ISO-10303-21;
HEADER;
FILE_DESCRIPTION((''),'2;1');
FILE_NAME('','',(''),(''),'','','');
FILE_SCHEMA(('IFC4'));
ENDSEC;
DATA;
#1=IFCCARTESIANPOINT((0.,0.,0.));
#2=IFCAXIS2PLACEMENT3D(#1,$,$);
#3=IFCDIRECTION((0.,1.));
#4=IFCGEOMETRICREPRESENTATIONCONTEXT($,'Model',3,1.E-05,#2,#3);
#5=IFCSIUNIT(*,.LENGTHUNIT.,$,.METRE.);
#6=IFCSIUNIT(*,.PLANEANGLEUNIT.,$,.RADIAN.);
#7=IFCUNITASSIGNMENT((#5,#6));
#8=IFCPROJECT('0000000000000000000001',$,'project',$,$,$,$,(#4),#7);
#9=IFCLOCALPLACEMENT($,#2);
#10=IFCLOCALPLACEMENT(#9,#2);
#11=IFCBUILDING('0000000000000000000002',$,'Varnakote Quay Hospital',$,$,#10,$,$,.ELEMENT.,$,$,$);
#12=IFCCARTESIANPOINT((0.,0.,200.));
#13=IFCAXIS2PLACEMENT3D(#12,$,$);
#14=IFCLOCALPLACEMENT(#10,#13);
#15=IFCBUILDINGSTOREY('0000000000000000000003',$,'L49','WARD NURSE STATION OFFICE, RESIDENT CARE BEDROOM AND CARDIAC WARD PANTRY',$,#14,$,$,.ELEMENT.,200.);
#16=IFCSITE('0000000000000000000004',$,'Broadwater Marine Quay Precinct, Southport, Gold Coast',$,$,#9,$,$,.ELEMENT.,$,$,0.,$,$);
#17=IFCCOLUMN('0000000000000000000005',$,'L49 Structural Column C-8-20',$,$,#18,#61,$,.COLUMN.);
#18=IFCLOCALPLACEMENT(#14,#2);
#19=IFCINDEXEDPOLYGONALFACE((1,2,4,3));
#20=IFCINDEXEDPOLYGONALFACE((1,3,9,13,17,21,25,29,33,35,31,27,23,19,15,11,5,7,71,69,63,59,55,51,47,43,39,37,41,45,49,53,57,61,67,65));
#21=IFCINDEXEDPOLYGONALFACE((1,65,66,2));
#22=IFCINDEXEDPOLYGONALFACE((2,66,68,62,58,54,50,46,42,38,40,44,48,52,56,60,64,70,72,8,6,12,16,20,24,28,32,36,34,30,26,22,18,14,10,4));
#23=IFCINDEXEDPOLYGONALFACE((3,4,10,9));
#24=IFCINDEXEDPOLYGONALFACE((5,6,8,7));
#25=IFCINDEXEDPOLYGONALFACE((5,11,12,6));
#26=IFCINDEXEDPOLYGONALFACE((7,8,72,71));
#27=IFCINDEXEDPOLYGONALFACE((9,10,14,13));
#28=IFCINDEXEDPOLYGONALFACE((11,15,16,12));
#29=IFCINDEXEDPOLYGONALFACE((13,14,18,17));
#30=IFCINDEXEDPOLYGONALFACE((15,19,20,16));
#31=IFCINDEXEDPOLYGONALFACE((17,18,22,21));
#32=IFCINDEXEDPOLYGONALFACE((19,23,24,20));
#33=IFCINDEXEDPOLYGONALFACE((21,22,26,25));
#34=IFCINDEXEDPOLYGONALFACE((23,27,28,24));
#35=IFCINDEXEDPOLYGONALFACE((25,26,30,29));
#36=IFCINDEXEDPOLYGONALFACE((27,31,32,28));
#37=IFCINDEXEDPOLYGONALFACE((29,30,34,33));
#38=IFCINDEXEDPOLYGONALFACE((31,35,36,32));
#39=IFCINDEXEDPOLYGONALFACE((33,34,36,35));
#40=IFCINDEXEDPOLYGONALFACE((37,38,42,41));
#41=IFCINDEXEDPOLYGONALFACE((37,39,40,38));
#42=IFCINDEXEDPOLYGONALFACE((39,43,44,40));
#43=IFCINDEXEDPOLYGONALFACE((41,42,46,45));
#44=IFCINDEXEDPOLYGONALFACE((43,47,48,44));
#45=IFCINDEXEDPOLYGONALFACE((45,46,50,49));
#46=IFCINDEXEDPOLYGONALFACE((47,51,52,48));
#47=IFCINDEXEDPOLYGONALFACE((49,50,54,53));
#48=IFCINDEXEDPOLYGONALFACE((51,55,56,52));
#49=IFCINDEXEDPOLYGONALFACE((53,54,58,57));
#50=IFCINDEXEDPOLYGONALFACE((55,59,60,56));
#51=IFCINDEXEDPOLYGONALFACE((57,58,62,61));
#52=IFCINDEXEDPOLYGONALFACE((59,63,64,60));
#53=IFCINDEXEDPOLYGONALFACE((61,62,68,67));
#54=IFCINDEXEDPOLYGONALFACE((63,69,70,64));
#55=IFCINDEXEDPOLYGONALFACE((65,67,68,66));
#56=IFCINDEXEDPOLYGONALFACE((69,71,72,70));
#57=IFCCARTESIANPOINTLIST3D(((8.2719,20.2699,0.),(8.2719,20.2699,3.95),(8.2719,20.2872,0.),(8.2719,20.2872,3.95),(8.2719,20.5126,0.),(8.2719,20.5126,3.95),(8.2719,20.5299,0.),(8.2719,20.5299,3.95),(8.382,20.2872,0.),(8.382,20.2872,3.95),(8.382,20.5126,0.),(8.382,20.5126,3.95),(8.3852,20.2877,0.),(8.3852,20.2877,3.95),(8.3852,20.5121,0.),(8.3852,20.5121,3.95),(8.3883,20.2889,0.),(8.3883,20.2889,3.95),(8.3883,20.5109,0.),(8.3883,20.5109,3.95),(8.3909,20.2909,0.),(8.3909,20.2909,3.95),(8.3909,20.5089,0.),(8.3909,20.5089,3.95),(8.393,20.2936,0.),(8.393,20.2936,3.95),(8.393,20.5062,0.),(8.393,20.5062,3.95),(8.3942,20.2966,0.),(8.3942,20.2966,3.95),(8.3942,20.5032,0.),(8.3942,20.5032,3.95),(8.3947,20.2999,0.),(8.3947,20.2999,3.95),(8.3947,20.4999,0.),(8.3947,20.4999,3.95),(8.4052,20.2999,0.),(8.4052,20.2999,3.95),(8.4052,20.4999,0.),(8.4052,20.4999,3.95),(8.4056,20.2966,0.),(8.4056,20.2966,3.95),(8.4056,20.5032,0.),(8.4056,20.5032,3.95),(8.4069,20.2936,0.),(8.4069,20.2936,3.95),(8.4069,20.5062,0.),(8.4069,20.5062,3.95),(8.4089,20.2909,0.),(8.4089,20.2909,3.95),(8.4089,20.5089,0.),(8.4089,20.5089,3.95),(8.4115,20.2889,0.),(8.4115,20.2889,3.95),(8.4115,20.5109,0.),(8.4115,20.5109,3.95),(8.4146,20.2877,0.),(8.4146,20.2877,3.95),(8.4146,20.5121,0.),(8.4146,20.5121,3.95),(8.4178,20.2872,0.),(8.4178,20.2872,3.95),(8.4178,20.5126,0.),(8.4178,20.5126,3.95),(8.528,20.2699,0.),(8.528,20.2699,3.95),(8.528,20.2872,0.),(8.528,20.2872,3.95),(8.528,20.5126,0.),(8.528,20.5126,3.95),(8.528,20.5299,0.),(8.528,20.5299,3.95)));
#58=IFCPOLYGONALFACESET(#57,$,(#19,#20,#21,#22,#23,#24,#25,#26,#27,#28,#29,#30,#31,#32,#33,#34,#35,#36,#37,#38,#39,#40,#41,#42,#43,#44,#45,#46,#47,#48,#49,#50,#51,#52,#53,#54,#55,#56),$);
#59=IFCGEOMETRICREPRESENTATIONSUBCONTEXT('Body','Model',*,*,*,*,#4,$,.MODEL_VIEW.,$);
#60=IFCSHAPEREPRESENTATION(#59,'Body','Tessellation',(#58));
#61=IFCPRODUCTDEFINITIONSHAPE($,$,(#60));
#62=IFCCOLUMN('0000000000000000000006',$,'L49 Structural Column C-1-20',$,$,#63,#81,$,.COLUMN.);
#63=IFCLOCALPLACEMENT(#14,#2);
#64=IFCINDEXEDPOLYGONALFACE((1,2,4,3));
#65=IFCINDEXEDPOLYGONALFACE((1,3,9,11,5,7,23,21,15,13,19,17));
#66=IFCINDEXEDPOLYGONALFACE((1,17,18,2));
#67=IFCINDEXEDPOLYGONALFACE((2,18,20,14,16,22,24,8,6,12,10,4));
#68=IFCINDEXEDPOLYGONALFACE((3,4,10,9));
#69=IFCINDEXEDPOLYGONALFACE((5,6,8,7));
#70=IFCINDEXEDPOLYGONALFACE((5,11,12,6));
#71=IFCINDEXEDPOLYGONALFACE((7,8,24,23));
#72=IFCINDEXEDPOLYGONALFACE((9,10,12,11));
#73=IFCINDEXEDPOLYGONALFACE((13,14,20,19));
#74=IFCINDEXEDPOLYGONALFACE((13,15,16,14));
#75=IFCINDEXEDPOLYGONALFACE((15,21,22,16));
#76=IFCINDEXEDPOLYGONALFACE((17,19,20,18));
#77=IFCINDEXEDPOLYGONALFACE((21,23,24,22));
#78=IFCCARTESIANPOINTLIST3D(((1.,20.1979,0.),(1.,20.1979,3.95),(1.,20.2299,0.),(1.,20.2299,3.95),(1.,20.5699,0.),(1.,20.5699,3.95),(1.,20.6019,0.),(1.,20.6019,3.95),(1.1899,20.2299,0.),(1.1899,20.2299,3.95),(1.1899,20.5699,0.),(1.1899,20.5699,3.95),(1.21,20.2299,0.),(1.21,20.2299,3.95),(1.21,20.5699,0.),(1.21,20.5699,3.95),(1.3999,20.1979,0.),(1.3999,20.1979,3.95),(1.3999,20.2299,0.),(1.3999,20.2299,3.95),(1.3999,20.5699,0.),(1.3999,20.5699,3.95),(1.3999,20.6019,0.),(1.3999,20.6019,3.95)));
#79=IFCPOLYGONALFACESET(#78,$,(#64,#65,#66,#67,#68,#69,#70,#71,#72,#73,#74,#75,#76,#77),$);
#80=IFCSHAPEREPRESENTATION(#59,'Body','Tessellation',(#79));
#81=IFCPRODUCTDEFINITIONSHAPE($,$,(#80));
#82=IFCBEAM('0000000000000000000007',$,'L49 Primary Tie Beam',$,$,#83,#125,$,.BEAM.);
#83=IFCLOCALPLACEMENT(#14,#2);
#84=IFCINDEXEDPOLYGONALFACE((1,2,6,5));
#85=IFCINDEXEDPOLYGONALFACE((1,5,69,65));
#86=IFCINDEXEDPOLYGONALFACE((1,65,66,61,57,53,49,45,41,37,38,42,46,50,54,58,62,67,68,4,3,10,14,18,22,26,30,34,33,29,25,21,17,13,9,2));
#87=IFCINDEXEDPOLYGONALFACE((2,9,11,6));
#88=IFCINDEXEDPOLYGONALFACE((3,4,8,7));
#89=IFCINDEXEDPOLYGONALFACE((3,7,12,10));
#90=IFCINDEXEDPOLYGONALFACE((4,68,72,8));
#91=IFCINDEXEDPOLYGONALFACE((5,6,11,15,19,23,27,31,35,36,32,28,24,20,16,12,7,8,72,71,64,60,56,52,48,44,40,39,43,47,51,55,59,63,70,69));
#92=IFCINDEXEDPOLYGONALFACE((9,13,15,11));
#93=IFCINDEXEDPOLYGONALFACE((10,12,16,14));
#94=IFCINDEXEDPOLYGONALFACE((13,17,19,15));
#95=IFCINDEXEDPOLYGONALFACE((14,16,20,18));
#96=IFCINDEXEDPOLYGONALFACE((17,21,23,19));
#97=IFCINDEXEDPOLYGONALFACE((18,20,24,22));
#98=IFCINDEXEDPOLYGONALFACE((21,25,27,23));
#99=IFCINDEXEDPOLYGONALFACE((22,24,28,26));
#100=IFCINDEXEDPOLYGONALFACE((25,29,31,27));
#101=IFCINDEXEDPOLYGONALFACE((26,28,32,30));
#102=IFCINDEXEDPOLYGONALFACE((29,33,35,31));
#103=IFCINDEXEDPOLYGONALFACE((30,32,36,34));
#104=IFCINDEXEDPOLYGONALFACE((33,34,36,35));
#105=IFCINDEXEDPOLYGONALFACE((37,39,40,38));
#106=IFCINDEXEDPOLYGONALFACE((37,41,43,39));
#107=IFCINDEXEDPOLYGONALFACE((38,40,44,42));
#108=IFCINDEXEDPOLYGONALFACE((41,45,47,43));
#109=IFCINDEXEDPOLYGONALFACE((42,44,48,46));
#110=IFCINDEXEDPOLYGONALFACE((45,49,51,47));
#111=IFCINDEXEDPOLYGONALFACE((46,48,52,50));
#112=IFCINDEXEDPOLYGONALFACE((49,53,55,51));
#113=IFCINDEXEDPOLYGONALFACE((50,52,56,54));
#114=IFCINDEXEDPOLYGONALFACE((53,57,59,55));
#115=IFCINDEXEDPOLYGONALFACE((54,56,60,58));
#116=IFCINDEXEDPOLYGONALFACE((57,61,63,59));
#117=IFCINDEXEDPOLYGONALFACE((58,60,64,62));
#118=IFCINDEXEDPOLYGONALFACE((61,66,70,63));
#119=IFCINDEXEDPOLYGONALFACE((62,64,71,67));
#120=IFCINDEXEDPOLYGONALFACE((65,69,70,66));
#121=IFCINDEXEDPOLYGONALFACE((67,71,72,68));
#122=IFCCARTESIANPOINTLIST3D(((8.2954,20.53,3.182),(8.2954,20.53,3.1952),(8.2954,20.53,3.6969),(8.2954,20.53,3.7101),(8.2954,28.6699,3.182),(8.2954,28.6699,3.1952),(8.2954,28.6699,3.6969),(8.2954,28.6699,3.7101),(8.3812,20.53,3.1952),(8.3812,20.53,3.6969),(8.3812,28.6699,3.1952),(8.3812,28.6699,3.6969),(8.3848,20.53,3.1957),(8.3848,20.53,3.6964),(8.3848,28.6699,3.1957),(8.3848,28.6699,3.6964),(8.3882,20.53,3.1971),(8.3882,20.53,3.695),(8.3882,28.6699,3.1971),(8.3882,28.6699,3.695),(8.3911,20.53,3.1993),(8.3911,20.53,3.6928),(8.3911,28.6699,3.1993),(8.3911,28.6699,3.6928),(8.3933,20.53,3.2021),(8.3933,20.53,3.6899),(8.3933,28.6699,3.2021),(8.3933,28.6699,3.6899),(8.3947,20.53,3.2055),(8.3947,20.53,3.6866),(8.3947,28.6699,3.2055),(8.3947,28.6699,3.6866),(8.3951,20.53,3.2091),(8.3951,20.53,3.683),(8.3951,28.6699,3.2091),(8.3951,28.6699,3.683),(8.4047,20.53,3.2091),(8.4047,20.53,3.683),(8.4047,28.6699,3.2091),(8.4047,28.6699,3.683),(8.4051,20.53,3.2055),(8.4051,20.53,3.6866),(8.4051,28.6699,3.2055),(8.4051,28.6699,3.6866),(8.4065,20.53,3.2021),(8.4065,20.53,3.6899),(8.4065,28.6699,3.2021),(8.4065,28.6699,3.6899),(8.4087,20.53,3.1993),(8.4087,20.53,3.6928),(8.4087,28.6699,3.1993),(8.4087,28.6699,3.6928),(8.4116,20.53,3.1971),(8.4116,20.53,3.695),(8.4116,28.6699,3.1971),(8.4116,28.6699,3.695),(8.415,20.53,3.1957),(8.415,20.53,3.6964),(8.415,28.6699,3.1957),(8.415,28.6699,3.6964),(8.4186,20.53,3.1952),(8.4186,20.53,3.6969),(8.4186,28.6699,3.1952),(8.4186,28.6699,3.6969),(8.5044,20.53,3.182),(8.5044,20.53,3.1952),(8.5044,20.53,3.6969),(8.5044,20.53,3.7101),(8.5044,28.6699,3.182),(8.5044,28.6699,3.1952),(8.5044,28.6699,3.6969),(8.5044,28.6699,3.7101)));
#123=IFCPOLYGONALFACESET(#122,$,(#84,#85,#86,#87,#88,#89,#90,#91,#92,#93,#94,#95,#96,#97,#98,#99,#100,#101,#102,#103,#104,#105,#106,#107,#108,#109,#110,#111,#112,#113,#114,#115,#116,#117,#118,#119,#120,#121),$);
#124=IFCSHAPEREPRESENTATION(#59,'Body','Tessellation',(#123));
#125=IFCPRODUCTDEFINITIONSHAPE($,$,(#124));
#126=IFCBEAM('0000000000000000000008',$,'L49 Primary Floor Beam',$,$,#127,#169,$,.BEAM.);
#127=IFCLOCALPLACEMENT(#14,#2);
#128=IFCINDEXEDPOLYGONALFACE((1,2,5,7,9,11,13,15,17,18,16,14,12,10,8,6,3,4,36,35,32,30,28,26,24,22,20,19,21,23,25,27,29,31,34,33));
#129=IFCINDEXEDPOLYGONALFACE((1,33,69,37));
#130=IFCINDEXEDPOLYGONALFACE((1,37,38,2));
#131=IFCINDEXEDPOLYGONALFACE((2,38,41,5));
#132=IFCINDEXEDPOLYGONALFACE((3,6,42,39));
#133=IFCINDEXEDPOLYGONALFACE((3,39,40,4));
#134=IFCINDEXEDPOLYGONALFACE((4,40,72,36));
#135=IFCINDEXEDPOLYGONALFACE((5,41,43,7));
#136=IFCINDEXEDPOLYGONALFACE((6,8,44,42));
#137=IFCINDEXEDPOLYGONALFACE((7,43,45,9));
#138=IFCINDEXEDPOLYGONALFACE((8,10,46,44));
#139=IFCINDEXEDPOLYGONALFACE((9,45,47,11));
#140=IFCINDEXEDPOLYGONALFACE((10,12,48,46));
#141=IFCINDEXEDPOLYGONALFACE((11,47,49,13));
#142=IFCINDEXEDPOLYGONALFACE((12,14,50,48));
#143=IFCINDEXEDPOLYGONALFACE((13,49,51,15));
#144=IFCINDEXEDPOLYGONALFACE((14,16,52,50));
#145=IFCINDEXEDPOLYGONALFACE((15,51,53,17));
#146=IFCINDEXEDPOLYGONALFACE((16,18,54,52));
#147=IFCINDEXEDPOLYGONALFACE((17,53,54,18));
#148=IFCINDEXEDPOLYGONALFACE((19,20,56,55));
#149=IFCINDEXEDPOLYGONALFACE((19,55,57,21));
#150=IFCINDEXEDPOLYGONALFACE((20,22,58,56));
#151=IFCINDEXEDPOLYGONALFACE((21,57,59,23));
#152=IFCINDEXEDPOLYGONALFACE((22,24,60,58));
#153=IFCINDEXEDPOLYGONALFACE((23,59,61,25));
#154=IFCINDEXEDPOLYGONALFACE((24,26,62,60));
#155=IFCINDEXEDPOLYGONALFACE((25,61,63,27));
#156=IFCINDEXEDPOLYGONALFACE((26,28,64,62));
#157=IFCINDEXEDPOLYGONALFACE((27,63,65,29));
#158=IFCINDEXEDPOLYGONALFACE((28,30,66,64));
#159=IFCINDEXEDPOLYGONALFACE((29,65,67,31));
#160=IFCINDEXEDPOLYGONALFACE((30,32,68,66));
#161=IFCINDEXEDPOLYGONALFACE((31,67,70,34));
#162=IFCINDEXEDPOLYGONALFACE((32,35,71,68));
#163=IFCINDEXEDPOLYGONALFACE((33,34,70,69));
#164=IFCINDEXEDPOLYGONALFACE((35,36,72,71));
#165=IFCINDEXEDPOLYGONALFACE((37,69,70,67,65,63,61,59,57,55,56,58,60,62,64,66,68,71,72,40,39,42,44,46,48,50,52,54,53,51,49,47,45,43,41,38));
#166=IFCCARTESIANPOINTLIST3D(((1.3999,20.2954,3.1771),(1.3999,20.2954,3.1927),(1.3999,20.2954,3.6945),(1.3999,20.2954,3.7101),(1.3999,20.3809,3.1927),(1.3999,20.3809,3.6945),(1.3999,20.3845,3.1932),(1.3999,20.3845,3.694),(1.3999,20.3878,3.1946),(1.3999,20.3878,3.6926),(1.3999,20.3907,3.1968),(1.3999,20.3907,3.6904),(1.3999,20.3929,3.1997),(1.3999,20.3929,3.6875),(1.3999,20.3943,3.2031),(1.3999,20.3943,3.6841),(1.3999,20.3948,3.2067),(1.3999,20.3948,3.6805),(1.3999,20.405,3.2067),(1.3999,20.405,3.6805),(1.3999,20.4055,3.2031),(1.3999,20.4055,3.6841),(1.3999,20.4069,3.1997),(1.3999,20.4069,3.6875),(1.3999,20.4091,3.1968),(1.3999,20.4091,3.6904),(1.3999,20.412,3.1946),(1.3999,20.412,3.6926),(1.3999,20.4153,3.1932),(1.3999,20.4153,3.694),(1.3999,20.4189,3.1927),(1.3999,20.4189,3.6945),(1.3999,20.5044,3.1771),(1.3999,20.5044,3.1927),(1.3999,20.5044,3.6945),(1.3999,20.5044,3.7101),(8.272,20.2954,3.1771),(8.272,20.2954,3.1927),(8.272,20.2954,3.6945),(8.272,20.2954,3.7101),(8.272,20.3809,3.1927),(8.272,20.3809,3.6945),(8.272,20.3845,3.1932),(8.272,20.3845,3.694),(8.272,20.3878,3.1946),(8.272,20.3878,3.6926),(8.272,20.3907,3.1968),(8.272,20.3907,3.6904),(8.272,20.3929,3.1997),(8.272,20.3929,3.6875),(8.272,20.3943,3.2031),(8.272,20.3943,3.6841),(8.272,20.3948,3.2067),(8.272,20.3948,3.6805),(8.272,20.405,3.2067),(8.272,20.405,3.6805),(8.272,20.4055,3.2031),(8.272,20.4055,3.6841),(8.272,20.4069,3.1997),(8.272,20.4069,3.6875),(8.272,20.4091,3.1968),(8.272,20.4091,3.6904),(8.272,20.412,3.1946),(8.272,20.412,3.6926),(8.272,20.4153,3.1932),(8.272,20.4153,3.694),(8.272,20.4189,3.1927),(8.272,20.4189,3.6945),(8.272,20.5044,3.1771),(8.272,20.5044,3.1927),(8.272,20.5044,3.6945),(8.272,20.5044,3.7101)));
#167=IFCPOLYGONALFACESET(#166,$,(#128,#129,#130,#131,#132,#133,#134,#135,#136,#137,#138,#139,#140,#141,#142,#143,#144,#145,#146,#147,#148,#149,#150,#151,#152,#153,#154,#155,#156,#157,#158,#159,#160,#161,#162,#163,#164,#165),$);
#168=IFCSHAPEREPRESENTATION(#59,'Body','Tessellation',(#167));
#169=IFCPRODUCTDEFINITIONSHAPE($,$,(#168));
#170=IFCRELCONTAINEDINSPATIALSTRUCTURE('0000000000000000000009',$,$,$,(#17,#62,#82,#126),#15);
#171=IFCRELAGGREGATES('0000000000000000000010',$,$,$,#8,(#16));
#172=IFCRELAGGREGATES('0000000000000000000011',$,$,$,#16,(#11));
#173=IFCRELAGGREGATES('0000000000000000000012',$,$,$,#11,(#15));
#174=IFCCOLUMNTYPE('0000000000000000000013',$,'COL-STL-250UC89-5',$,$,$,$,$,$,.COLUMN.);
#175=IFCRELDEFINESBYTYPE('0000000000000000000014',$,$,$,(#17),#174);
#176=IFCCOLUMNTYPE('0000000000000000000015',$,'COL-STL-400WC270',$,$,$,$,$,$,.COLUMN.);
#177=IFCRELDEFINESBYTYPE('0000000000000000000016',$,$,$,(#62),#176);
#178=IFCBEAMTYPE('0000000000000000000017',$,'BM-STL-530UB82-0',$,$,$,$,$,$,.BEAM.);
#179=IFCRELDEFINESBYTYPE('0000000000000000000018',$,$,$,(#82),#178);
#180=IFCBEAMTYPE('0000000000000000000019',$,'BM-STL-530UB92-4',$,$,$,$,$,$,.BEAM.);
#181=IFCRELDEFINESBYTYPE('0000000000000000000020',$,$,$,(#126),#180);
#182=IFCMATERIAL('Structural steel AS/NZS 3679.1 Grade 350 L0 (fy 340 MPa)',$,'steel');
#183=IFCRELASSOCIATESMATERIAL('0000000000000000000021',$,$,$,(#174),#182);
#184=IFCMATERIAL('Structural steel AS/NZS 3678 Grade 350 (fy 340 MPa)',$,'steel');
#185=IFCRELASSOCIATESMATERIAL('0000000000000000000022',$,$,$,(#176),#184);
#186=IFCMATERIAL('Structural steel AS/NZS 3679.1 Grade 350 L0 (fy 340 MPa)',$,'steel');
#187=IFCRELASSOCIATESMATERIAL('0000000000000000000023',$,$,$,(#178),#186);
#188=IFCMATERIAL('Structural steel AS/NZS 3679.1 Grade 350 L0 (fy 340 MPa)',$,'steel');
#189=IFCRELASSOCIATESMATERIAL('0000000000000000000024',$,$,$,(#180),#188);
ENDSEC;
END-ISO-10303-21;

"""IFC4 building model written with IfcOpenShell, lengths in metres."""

from ifc_helpers import new_model, si_unit, direction, frame, origin, origin_2d, place, context, subcontext, project, spatial, i_section, extrude, material, material_profile, profile_set, type_object, element, save


model = new_model("IFC4")

# Units and contexts
model_context = context("Model", 3, precision=1e-05, world=origin(), true_north=direction((0.0, 1.0)))
body_context = subcontext(model_context, "Body", "Model", "MODEL_VIEW")
ifc_project = project(units=[si_unit("LENGTHUNIT", "METRE"), si_unit("PLANEANGLEUNIT", "RADIAN")], contexts=[model_context])

# Site, building, storey
site_placement = place(None, origin())
site = spatial("IfcSite", under=ifc_project, at=site_placement, Name="Broadwater Marine Quay Precinct, Southport, Gold Coast", CompositionType="ELEMENT", RefElevation=0.0)
building_placement = place(site_placement, origin())
building = spatial("IfcBuilding", under=site, at=building_placement, Name="Varnakote Quay Hospital", CompositionType="ELEMENT")
storey_placement = place(building_placement, frame((0.0, 0.0, 200.0)))
storey = spatial("IfcBuildingStorey", under=building, at=storey_placement, Name="L49", Description="WARD NURSE STATION OFFICE, RESIDENT CARE BEDROOM AND CARDIAC WARD PANTRY", CompositionType="ELEMENT", Elevation=200.0)

# Columns
ifc_material_1 = material(Name="Structural steel AS/NZS 3679.1 Grade 350 L0 (fy 340 MPa)", Category="steel")
ifc_material_profile_1 = material_profile(ifc_material_1, i_section(OverallWidth=0.2561, OverallDepth=0.26, WebThickness=0.0105, FlangeThickness=0.0173, FilletRadius=0.0127, at=origin_2d()), Name="250UC89.5")
ifc_profile_set_1 = profile_set([ifc_material_profile_1], Name="Structural steel AS/NZS 3679.1 Grade 350 L0 (fy 340 MPa)")
column_type_1 = type_object("IfcColumnType", Name="COL-STL-250UC89-5", PredefinedType="COLUMN", material=ifc_profile_set_1)
column_1_placement = place(storey_placement, frame((8.3999, 20.3999, 0.0), z_axis=(0.0, 0.0, 1.0), x_axis=(1.0, 0.0, 0.0)))
element("IfcColumn", 1, at=column_1_placement, inside=storey, type_object=column_type_1, Name="L49 Structural Column C-8-20", PredefinedType="COLUMN", context=body_context, shape_type="SweptSolid", body=[
    extrude(i_section(OverallWidth=0.2561, OverallDepth=0.26, WebThickness=0.0105, FlangeThickness=0.0173, FilletRadius=0.0127, at=origin_2d()), origin(), (0.0, 0.0, 1.0), 3.95),
])
ifc_material_2 = material(Name="Structural steel AS/NZS 3678 Grade 350 (fy 340 MPa)", Category="steel")
ifc_material_profile_2 = material_profile(ifc_material_2, i_section(OverallWidth=0.3999, OverallDepth=0.4041, WebThickness=0.02, FlangeThickness=0.032, at=origin_2d()), Name="400WC270")
ifc_profile_set_2 = profile_set([ifc_material_profile_2], Name="Structural steel AS/NZS 3678 Grade 350 (fy 340 MPa)")
column_type_2 = type_object("IfcColumnType", Name="COL-STL-400WC270", PredefinedType="COLUMN", material=ifc_profile_set_2)
column_2_placement = place(storey_placement, frame((1.2, 20.3999, 0.0), z_axis=(0.0, 0.0, 1.0), x_axis=(1.0, 0.0, 0.0)))
element("IfcColumn", 2, at=column_2_placement, inside=storey, type_object=column_type_2, Name="L49 Structural Column C-1-20", PredefinedType="COLUMN", context=body_context, shape_type="SweptSolid", body=[
    extrude(i_section(OverallWidth=0.3999, OverallDepth=0.4041, WebThickness=0.02, FlangeThickness=0.032, at=origin_2d()), origin(), (0.0, 0.0, 1.0), 3.95),
])

# Beams
ifc_material_3 = material(Name="Structural steel AS/NZS 3679.1 Grade 350 L0 (fy 340 MPa)", Category="steel")
ifc_material_profile_3 = material_profile(ifc_material_3, i_section(OverallWidth=0.209, OverallDepth=0.5281, WebThickness=0.0095, FlangeThickness=0.0132, FilletRadius=0.0139, at=origin_2d()), Name="530UB82.0")
ifc_profile_set_3 = profile_set([ifc_material_profile_3], Name="Structural steel AS/NZS 3679.1 Grade 350 L0 (fy 340 MPa)")
beam_type_1 = type_object("IfcBeamType", Name="BM-STL-530UB82-0", PredefinedType="BEAM", material=ifc_profile_set_3)
beam_1_placement = place(storey_placement, frame((8.3999, 20.53, 3.446), z_axis=(0.0, 1.0, 0.0), x_axis=(-1.0, 0.0, 0.0)))
element("IfcBeam", 3, at=beam_1_placement, inside=storey, type_object=beam_type_1, Name="L49 Primary Tie Beam", PredefinedType="BEAM", context=body_context, shape_type="SweptSolid", body=[
    extrude(i_section(OverallWidth=0.209, OverallDepth=0.5281, WebThickness=0.0095, FlangeThickness=0.0132, FilletRadius=0.0139, at=origin_2d()), origin(), (0.0, 0.0, 1.0), 8.1399),
])
ifc_material_4 = material(Name="Structural steel AS/NZS 3679.1 Grade 350 L0 (fy 340 MPa)", Category="steel")
ifc_material_profile_4 = material_profile(ifc_material_4, i_section(OverallWidth=0.209, OverallDepth=0.533, WebThickness=0.0103, FlangeThickness=0.0156, FilletRadius=0.0139, at=origin_2d()), Name="530UB92.4")
ifc_profile_set_4 = profile_set([ifc_material_profile_4], Name="Structural steel AS/NZS 3679.1 Grade 350 L0 (fy 340 MPa)")
beam_type_2 = type_object("IfcBeamType", Name="BM-STL-530UB92-4", PredefinedType="BEAM", material=ifc_profile_set_4)
beam_2_placement = place(storey_placement, frame((1.3999, 20.3999, 3.4436), z_axis=(1.0, 0.0, 0.0), x_axis=(0.0, 1.0, 0.0)))
element("IfcBeam", 4, at=beam_2_placement, inside=storey, type_object=beam_type_2, Name="L49 Primary Floor Beam", PredefinedType="BEAM", context=body_context, shape_type="SweptSolid", body=[
    extrude(i_section(OverallWidth=0.209, OverallDepth=0.533, WebThickness=0.0103, FlangeThickness=0.0156, FilletRadius=0.0139, at=origin_2d()), origin(), (0.0, 0.0, 1.0), 6.8721),
])

save(model, "model.ifc")
